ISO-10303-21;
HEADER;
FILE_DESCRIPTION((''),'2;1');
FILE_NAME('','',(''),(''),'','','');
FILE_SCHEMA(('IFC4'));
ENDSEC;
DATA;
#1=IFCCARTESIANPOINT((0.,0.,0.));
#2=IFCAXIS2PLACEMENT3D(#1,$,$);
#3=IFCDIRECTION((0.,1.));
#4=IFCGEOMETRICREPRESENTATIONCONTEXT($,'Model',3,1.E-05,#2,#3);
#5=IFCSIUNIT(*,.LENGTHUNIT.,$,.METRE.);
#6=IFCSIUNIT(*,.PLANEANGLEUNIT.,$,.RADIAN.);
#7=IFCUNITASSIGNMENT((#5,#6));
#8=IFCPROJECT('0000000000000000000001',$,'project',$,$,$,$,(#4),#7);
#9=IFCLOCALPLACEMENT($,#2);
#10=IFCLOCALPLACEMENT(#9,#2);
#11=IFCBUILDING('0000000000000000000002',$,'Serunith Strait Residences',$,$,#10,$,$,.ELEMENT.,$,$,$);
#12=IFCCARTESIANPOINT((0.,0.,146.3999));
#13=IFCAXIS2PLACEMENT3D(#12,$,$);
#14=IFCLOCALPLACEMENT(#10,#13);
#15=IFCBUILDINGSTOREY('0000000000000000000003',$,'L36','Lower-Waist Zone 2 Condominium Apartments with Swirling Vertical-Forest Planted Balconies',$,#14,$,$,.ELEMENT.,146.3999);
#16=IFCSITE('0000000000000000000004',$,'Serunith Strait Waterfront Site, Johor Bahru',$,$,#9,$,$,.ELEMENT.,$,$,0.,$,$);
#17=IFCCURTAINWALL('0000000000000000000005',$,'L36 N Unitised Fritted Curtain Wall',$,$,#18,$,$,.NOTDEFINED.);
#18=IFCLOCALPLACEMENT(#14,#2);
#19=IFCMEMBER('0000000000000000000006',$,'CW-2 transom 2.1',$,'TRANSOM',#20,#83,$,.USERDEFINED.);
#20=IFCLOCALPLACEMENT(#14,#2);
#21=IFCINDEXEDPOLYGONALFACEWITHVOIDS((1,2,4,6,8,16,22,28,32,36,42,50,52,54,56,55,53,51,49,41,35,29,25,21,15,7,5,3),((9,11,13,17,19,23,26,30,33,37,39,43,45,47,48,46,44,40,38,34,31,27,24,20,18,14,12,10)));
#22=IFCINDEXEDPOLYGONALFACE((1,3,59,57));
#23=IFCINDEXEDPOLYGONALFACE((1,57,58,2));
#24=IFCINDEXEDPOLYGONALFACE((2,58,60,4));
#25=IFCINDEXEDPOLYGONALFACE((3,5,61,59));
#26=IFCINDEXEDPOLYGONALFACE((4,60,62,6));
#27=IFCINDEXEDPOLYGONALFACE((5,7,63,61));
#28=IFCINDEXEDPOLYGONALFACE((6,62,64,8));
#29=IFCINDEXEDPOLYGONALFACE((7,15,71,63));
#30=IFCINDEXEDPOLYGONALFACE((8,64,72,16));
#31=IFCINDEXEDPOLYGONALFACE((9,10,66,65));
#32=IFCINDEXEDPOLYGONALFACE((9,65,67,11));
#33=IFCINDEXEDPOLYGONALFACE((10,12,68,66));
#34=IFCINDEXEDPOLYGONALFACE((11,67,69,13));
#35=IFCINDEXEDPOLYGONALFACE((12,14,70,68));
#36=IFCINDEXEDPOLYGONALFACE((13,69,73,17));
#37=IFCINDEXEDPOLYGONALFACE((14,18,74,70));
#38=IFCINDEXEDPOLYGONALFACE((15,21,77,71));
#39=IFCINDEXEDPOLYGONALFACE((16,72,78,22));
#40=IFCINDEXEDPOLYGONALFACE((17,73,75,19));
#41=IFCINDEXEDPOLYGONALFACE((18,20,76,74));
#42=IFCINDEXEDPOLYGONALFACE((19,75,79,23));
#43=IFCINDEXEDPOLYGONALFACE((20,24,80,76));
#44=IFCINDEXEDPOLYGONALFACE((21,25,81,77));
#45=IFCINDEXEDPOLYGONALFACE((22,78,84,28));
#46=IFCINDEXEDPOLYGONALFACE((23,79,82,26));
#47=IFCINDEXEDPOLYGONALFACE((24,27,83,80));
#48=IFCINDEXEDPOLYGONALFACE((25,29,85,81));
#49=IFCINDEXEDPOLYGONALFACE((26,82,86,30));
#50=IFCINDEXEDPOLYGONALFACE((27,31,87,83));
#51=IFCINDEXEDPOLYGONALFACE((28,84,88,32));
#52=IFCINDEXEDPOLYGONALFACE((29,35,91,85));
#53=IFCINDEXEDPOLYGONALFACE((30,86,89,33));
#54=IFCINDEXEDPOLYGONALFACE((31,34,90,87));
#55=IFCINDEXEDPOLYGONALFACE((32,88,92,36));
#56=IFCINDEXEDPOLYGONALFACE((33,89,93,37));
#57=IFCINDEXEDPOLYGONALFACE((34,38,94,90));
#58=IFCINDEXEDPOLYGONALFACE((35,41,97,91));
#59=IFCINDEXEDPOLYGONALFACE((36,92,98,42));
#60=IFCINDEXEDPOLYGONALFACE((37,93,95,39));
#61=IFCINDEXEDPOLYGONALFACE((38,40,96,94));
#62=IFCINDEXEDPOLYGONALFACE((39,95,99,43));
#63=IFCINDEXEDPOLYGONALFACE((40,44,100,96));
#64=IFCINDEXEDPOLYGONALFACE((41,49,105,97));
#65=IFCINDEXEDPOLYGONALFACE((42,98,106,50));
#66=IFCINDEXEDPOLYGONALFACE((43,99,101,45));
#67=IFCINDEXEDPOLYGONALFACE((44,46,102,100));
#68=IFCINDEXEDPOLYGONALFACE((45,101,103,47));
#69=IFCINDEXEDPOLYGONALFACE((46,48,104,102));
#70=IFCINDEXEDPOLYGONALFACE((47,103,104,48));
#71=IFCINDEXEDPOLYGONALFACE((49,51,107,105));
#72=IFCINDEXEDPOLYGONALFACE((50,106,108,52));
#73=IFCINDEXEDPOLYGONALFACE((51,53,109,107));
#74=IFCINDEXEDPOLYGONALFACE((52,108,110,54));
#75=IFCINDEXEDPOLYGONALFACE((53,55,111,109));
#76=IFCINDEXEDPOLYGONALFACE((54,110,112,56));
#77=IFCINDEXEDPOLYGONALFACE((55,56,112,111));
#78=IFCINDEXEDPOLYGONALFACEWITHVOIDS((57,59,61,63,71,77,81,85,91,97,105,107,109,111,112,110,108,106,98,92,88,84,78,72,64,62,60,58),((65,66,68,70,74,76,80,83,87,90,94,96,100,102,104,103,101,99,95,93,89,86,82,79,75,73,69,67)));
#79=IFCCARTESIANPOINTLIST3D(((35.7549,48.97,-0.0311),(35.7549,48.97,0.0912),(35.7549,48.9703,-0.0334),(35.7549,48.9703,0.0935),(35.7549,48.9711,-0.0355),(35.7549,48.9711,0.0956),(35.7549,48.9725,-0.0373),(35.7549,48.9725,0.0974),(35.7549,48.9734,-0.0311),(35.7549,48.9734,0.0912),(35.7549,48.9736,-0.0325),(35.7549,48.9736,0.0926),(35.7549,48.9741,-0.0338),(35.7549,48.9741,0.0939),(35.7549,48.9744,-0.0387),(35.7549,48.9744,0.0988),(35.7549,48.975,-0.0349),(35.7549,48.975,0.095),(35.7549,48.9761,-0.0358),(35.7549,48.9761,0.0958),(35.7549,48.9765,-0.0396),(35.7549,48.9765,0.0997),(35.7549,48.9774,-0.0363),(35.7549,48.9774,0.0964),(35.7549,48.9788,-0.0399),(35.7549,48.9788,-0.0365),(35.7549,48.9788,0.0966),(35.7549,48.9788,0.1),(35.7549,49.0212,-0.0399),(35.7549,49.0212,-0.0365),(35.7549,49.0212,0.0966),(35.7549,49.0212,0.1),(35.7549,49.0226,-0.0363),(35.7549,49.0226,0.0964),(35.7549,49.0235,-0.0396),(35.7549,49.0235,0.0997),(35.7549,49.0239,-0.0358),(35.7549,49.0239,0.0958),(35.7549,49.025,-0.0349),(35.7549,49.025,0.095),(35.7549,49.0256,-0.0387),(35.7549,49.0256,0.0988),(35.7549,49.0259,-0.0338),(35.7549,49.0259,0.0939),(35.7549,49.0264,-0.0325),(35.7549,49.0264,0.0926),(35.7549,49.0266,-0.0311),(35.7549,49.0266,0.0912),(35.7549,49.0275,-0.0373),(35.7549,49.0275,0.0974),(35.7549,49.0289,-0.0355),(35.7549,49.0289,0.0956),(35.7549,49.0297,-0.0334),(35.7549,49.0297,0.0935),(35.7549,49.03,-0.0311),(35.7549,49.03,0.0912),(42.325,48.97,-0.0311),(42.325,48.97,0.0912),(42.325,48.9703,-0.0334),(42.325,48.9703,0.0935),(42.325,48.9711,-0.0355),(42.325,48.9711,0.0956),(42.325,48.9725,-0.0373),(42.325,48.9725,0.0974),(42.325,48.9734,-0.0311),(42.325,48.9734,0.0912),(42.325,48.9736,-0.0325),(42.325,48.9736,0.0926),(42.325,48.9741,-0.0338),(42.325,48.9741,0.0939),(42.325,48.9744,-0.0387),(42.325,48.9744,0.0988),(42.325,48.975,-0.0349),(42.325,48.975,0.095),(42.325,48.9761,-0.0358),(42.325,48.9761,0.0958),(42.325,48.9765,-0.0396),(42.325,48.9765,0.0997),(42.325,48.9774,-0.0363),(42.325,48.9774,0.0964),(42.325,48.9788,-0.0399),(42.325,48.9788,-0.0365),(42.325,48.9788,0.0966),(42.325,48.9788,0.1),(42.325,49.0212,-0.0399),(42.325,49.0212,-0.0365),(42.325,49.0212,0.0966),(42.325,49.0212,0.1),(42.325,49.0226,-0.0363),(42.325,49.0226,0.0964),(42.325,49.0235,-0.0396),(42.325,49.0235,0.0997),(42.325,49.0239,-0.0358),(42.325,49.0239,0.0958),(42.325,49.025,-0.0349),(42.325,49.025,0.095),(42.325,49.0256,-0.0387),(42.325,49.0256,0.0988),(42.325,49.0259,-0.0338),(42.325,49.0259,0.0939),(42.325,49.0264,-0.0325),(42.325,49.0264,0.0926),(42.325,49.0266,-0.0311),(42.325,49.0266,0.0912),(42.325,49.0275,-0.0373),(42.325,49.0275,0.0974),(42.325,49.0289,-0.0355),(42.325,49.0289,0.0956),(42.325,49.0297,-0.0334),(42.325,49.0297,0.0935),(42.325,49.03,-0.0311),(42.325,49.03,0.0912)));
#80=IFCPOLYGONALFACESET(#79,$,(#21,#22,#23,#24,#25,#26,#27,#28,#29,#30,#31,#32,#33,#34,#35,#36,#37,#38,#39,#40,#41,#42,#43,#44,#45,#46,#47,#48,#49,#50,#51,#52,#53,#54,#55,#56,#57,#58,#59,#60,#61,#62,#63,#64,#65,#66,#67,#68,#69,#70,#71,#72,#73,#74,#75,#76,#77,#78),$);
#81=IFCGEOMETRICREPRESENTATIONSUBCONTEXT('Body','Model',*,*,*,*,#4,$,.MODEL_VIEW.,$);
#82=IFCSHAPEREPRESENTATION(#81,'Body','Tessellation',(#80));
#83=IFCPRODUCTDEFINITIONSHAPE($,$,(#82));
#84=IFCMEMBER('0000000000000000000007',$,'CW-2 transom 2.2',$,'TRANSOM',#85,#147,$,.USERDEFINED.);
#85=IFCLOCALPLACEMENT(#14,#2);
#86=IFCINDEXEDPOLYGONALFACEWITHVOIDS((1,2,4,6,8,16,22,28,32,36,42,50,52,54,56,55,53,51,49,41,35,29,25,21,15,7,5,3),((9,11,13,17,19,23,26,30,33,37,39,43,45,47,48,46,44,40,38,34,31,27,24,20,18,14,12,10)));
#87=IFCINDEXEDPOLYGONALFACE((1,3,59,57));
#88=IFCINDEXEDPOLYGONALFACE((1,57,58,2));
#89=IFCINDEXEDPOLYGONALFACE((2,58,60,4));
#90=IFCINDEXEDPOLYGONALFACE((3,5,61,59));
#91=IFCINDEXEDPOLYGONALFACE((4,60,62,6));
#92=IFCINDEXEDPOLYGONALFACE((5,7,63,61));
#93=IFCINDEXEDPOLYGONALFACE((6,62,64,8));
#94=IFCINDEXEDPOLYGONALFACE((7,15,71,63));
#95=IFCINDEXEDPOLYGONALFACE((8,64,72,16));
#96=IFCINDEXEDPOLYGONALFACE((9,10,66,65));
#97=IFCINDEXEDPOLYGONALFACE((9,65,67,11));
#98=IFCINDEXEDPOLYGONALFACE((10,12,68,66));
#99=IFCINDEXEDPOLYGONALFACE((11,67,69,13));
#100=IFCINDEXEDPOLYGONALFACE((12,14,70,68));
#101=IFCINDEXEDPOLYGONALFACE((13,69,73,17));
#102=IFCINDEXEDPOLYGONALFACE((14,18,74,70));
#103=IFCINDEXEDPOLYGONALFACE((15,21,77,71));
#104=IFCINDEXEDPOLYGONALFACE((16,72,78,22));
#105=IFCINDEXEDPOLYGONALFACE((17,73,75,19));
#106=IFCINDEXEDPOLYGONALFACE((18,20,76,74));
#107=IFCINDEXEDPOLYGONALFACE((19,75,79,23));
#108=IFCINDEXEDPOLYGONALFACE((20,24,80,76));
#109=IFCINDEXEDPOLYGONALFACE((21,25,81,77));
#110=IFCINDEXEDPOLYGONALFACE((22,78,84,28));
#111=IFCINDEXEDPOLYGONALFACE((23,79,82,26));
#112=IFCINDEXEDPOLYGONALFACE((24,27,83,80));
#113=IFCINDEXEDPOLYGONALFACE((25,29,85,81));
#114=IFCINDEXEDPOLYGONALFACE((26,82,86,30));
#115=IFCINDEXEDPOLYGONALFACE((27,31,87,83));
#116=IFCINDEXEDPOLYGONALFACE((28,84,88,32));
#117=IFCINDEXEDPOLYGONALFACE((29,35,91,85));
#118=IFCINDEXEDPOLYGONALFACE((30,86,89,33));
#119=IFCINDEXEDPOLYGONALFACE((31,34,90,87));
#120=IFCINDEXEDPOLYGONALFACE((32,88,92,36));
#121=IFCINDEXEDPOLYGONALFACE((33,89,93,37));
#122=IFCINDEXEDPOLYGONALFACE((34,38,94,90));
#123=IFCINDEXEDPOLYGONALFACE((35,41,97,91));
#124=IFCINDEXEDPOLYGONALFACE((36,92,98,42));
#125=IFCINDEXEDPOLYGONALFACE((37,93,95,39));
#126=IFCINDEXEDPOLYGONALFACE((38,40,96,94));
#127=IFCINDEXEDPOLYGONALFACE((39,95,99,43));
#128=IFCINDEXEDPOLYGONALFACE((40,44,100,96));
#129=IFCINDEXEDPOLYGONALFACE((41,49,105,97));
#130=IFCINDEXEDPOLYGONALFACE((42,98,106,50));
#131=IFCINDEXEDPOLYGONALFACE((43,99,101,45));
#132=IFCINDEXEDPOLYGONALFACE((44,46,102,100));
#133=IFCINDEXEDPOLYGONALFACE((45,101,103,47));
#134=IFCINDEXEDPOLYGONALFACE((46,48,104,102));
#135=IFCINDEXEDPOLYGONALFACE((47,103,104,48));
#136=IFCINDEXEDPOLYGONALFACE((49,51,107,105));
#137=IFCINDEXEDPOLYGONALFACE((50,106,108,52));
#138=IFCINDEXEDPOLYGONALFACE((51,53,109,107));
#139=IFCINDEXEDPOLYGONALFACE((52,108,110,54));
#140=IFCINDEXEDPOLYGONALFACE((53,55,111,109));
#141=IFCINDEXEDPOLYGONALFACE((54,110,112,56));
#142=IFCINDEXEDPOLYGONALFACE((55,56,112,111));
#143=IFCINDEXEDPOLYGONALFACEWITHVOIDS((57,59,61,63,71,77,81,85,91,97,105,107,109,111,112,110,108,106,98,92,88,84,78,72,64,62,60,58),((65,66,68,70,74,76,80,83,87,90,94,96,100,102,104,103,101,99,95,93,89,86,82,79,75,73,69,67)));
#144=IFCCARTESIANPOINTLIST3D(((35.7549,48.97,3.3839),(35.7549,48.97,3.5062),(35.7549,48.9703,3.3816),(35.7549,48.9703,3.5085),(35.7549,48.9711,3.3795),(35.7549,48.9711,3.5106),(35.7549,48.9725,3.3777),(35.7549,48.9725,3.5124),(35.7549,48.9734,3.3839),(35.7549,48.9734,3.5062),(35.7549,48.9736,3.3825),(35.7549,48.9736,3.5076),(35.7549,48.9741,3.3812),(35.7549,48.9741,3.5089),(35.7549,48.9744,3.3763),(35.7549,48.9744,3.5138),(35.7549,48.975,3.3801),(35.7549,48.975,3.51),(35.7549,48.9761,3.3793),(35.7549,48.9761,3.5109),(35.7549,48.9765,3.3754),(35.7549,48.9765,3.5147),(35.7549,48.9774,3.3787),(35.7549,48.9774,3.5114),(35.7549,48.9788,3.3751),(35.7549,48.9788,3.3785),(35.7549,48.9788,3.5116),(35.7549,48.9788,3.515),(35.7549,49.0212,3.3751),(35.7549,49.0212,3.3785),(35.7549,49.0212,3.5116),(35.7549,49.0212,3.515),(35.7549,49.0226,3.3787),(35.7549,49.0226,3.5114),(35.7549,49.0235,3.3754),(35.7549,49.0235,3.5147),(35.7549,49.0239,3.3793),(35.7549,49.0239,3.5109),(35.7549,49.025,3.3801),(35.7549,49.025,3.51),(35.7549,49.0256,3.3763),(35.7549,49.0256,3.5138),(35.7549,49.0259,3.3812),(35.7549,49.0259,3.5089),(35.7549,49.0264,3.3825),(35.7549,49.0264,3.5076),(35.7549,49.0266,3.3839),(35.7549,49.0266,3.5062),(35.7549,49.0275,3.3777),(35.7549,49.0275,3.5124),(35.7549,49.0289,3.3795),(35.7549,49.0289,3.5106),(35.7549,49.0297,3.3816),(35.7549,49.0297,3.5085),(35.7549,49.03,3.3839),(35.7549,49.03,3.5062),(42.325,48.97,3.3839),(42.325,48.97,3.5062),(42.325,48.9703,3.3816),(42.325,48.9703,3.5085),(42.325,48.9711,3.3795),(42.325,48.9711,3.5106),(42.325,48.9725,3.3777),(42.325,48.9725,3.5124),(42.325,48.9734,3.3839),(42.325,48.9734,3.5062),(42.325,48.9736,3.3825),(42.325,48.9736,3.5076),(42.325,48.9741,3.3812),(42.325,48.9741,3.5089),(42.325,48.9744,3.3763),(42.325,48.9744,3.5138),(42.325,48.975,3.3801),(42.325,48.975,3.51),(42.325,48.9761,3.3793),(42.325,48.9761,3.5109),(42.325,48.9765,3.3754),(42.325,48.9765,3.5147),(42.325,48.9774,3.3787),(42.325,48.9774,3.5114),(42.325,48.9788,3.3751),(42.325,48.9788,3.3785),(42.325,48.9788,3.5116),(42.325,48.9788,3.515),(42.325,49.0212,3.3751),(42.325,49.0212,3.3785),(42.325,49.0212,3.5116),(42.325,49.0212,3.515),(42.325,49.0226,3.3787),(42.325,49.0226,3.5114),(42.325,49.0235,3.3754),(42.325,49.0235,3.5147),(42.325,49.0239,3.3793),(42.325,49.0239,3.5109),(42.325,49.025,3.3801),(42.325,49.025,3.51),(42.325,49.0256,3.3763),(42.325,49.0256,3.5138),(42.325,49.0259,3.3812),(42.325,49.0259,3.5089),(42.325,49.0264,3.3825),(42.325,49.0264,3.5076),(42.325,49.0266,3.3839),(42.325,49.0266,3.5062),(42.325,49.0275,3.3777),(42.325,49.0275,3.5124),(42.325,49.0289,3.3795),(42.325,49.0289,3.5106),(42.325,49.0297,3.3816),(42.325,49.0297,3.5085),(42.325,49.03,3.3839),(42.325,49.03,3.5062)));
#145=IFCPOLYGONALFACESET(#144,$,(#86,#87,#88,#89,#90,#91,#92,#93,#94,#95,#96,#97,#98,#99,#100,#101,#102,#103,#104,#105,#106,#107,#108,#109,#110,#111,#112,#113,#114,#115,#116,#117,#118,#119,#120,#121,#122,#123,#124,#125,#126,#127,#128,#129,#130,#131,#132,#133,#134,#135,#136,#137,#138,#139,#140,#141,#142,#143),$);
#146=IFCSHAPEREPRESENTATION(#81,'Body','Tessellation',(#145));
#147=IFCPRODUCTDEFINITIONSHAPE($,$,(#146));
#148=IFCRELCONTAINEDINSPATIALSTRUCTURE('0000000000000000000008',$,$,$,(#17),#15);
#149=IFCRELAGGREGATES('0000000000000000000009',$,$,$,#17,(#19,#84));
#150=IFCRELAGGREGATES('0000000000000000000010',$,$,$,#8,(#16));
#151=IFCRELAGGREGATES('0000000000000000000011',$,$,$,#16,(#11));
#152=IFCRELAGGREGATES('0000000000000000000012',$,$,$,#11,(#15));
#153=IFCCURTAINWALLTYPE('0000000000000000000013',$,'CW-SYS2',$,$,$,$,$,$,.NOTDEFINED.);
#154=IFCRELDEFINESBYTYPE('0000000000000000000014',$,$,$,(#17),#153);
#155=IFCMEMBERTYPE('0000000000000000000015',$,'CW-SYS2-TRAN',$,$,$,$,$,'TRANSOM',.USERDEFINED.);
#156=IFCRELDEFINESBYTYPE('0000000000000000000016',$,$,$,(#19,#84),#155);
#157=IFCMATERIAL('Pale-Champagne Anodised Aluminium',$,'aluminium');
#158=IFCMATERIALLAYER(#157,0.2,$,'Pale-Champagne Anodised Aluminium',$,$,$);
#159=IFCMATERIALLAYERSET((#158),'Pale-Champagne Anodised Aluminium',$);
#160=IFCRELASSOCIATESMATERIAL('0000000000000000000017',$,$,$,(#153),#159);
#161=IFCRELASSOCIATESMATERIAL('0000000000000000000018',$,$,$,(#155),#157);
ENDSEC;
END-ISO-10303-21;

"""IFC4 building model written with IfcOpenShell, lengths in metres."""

from ifc_helpers import new_model, si_unit, direction, frame, origin, origin_2d, place, context, subcontext, project, spatial, hollow_rectangle, extrude, source, transform, mapped, material, layer, layer_set, material_profile, profile_set, type_object, element, aggregate, save


model = new_model("IFC4")

# Units and contexts
model_context = context("Model", 3, precision=1e-05, world=origin(), true_north=direction((0.0, 1.0)))
body_context = subcontext(model_context, "Body", "Model", "MODEL_VIEW")
ifc_project = project(units=[si_unit("LENGTHUNIT", "METRE"), si_unit("PLANEANGLEUNIT", "RADIAN")], contexts=[model_context])

# Site, building, storey
site_placement = place(None, origin())
site = spatial("IfcSite", under=ifc_project, at=site_placement, Name="Serunith Strait Waterfront Site, Johor Bahru", CompositionType="ELEMENT", RefElevation=0.0)
building_placement = place(site_placement, origin())
building = spatial("IfcBuilding", under=site, at=building_placement, Name="Serunith Strait Residences", CompositionType="ELEMENT")
storey_placement = place(building_placement, frame((0.0, 0.0, 146.3999)))
storey = spatial("IfcBuildingStorey", under=building, at=storey_placement, Name="L36", Description="Lower-Waist Zone 2 Condominium Apartments with Swirling Vertical-Forest Planted Balconies", CompositionType="ELEMENT", Elevation=146.3999)

# Curtain wall, members
ifc_material_1 = material(Name="Pale-Champagne Anodised Aluminium", Category="aluminium")
ifc_layer_1 = layer(ifc_material_1, 0.2, Name="Pale-Champagne Anodised Aluminium")
ifc_layer_set_1 = layer_set([ifc_layer_1], Name="Pale-Champagne Anodised Aluminium")
curtain_wall_type = type_object("IfcCurtainWallType", Name="CW-SYS2", PredefinedType="NOTDEFINED", material=ifc_layer_set_1)
curtain_wall_placement = place(storey_placement, origin())
curtain_wall = element("IfcCurtainWall", 1, at=curtain_wall_placement, inside=storey, type_object=curtain_wall_type, Name="L36 N Unitised Fritted Curtain Wall", PredefinedType="NOTDEFINED")
ifc_material_profile_1 = material_profile(ifc_material_1, hollow_rectangle(XDim=0.0601, YDim=0.1399, WallThickness=0.0034, InnerFilletRadius=0.0054, OuterFilletRadius=0.0088, at=origin_2d()), Name="ALU 140x60x3.5")
ifc_profile_set_1 = profile_set([ifc_material_profile_1], Name="Pale-Champagne Anodised Aluminium")
member_type_1 = type_object("IfcMemberType", Name="CW-SYS2-TRAN", ElementType="TRANSOM", PredefinedType="USERDEFINED", material=ifc_profile_set_1)
shared_shape_1 = source(origin(), body_context, "Body", "SweptSolid", [
    extrude(hollow_rectangle(XDim=0.0601, YDim=0.1399, WallThickness=0.0034, InnerFilletRadius=0.0054, OuterFilletRadius=0.0088, at=origin_2d()), origin(), (0.0, 0.0, 1.0), 6.5701),
])
member_1_placement = place(storey_placement, frame((42.325, 49.0, 0.03), z_axis=(-1.0, 0.0, 0.0), x_axis=(0.0, -1.0, 0.0)))
member_1 = element("IfcMember", 2, at=member_1_placement, type_object=member_type_1, Name="CW-2 transom 2.1", ObjectType="TRANSOM", PredefinedType="USERDEFINED", context=body_context, shape_type="MappedRepresentation", body=[
    mapped(shared_shape_1, transform((0.0, 0.0, 0.0), scale=1.0)),
])
member_2_placement = place(storey_placement, frame((42.325, 49.0, 3.4451), z_axis=(-1.0, 0.0, 0.0), x_axis=(0.0, -1.0, 0.0)))
member_2 = element("IfcMember", 3, at=member_2_placement, type_object=member_type_1, Name="CW-2 transom 2.2", ObjectType="TRANSOM", PredefinedType="USERDEFINED", context=body_context, shape_type="MappedRepresentation", body=[
    mapped(shared_shape_1, transform((0.0, 0.0, 0.0), scale=1.0)),
])
aggregate(curtain_wall, [member_1, member_2])

save(model, "model.ifc")
